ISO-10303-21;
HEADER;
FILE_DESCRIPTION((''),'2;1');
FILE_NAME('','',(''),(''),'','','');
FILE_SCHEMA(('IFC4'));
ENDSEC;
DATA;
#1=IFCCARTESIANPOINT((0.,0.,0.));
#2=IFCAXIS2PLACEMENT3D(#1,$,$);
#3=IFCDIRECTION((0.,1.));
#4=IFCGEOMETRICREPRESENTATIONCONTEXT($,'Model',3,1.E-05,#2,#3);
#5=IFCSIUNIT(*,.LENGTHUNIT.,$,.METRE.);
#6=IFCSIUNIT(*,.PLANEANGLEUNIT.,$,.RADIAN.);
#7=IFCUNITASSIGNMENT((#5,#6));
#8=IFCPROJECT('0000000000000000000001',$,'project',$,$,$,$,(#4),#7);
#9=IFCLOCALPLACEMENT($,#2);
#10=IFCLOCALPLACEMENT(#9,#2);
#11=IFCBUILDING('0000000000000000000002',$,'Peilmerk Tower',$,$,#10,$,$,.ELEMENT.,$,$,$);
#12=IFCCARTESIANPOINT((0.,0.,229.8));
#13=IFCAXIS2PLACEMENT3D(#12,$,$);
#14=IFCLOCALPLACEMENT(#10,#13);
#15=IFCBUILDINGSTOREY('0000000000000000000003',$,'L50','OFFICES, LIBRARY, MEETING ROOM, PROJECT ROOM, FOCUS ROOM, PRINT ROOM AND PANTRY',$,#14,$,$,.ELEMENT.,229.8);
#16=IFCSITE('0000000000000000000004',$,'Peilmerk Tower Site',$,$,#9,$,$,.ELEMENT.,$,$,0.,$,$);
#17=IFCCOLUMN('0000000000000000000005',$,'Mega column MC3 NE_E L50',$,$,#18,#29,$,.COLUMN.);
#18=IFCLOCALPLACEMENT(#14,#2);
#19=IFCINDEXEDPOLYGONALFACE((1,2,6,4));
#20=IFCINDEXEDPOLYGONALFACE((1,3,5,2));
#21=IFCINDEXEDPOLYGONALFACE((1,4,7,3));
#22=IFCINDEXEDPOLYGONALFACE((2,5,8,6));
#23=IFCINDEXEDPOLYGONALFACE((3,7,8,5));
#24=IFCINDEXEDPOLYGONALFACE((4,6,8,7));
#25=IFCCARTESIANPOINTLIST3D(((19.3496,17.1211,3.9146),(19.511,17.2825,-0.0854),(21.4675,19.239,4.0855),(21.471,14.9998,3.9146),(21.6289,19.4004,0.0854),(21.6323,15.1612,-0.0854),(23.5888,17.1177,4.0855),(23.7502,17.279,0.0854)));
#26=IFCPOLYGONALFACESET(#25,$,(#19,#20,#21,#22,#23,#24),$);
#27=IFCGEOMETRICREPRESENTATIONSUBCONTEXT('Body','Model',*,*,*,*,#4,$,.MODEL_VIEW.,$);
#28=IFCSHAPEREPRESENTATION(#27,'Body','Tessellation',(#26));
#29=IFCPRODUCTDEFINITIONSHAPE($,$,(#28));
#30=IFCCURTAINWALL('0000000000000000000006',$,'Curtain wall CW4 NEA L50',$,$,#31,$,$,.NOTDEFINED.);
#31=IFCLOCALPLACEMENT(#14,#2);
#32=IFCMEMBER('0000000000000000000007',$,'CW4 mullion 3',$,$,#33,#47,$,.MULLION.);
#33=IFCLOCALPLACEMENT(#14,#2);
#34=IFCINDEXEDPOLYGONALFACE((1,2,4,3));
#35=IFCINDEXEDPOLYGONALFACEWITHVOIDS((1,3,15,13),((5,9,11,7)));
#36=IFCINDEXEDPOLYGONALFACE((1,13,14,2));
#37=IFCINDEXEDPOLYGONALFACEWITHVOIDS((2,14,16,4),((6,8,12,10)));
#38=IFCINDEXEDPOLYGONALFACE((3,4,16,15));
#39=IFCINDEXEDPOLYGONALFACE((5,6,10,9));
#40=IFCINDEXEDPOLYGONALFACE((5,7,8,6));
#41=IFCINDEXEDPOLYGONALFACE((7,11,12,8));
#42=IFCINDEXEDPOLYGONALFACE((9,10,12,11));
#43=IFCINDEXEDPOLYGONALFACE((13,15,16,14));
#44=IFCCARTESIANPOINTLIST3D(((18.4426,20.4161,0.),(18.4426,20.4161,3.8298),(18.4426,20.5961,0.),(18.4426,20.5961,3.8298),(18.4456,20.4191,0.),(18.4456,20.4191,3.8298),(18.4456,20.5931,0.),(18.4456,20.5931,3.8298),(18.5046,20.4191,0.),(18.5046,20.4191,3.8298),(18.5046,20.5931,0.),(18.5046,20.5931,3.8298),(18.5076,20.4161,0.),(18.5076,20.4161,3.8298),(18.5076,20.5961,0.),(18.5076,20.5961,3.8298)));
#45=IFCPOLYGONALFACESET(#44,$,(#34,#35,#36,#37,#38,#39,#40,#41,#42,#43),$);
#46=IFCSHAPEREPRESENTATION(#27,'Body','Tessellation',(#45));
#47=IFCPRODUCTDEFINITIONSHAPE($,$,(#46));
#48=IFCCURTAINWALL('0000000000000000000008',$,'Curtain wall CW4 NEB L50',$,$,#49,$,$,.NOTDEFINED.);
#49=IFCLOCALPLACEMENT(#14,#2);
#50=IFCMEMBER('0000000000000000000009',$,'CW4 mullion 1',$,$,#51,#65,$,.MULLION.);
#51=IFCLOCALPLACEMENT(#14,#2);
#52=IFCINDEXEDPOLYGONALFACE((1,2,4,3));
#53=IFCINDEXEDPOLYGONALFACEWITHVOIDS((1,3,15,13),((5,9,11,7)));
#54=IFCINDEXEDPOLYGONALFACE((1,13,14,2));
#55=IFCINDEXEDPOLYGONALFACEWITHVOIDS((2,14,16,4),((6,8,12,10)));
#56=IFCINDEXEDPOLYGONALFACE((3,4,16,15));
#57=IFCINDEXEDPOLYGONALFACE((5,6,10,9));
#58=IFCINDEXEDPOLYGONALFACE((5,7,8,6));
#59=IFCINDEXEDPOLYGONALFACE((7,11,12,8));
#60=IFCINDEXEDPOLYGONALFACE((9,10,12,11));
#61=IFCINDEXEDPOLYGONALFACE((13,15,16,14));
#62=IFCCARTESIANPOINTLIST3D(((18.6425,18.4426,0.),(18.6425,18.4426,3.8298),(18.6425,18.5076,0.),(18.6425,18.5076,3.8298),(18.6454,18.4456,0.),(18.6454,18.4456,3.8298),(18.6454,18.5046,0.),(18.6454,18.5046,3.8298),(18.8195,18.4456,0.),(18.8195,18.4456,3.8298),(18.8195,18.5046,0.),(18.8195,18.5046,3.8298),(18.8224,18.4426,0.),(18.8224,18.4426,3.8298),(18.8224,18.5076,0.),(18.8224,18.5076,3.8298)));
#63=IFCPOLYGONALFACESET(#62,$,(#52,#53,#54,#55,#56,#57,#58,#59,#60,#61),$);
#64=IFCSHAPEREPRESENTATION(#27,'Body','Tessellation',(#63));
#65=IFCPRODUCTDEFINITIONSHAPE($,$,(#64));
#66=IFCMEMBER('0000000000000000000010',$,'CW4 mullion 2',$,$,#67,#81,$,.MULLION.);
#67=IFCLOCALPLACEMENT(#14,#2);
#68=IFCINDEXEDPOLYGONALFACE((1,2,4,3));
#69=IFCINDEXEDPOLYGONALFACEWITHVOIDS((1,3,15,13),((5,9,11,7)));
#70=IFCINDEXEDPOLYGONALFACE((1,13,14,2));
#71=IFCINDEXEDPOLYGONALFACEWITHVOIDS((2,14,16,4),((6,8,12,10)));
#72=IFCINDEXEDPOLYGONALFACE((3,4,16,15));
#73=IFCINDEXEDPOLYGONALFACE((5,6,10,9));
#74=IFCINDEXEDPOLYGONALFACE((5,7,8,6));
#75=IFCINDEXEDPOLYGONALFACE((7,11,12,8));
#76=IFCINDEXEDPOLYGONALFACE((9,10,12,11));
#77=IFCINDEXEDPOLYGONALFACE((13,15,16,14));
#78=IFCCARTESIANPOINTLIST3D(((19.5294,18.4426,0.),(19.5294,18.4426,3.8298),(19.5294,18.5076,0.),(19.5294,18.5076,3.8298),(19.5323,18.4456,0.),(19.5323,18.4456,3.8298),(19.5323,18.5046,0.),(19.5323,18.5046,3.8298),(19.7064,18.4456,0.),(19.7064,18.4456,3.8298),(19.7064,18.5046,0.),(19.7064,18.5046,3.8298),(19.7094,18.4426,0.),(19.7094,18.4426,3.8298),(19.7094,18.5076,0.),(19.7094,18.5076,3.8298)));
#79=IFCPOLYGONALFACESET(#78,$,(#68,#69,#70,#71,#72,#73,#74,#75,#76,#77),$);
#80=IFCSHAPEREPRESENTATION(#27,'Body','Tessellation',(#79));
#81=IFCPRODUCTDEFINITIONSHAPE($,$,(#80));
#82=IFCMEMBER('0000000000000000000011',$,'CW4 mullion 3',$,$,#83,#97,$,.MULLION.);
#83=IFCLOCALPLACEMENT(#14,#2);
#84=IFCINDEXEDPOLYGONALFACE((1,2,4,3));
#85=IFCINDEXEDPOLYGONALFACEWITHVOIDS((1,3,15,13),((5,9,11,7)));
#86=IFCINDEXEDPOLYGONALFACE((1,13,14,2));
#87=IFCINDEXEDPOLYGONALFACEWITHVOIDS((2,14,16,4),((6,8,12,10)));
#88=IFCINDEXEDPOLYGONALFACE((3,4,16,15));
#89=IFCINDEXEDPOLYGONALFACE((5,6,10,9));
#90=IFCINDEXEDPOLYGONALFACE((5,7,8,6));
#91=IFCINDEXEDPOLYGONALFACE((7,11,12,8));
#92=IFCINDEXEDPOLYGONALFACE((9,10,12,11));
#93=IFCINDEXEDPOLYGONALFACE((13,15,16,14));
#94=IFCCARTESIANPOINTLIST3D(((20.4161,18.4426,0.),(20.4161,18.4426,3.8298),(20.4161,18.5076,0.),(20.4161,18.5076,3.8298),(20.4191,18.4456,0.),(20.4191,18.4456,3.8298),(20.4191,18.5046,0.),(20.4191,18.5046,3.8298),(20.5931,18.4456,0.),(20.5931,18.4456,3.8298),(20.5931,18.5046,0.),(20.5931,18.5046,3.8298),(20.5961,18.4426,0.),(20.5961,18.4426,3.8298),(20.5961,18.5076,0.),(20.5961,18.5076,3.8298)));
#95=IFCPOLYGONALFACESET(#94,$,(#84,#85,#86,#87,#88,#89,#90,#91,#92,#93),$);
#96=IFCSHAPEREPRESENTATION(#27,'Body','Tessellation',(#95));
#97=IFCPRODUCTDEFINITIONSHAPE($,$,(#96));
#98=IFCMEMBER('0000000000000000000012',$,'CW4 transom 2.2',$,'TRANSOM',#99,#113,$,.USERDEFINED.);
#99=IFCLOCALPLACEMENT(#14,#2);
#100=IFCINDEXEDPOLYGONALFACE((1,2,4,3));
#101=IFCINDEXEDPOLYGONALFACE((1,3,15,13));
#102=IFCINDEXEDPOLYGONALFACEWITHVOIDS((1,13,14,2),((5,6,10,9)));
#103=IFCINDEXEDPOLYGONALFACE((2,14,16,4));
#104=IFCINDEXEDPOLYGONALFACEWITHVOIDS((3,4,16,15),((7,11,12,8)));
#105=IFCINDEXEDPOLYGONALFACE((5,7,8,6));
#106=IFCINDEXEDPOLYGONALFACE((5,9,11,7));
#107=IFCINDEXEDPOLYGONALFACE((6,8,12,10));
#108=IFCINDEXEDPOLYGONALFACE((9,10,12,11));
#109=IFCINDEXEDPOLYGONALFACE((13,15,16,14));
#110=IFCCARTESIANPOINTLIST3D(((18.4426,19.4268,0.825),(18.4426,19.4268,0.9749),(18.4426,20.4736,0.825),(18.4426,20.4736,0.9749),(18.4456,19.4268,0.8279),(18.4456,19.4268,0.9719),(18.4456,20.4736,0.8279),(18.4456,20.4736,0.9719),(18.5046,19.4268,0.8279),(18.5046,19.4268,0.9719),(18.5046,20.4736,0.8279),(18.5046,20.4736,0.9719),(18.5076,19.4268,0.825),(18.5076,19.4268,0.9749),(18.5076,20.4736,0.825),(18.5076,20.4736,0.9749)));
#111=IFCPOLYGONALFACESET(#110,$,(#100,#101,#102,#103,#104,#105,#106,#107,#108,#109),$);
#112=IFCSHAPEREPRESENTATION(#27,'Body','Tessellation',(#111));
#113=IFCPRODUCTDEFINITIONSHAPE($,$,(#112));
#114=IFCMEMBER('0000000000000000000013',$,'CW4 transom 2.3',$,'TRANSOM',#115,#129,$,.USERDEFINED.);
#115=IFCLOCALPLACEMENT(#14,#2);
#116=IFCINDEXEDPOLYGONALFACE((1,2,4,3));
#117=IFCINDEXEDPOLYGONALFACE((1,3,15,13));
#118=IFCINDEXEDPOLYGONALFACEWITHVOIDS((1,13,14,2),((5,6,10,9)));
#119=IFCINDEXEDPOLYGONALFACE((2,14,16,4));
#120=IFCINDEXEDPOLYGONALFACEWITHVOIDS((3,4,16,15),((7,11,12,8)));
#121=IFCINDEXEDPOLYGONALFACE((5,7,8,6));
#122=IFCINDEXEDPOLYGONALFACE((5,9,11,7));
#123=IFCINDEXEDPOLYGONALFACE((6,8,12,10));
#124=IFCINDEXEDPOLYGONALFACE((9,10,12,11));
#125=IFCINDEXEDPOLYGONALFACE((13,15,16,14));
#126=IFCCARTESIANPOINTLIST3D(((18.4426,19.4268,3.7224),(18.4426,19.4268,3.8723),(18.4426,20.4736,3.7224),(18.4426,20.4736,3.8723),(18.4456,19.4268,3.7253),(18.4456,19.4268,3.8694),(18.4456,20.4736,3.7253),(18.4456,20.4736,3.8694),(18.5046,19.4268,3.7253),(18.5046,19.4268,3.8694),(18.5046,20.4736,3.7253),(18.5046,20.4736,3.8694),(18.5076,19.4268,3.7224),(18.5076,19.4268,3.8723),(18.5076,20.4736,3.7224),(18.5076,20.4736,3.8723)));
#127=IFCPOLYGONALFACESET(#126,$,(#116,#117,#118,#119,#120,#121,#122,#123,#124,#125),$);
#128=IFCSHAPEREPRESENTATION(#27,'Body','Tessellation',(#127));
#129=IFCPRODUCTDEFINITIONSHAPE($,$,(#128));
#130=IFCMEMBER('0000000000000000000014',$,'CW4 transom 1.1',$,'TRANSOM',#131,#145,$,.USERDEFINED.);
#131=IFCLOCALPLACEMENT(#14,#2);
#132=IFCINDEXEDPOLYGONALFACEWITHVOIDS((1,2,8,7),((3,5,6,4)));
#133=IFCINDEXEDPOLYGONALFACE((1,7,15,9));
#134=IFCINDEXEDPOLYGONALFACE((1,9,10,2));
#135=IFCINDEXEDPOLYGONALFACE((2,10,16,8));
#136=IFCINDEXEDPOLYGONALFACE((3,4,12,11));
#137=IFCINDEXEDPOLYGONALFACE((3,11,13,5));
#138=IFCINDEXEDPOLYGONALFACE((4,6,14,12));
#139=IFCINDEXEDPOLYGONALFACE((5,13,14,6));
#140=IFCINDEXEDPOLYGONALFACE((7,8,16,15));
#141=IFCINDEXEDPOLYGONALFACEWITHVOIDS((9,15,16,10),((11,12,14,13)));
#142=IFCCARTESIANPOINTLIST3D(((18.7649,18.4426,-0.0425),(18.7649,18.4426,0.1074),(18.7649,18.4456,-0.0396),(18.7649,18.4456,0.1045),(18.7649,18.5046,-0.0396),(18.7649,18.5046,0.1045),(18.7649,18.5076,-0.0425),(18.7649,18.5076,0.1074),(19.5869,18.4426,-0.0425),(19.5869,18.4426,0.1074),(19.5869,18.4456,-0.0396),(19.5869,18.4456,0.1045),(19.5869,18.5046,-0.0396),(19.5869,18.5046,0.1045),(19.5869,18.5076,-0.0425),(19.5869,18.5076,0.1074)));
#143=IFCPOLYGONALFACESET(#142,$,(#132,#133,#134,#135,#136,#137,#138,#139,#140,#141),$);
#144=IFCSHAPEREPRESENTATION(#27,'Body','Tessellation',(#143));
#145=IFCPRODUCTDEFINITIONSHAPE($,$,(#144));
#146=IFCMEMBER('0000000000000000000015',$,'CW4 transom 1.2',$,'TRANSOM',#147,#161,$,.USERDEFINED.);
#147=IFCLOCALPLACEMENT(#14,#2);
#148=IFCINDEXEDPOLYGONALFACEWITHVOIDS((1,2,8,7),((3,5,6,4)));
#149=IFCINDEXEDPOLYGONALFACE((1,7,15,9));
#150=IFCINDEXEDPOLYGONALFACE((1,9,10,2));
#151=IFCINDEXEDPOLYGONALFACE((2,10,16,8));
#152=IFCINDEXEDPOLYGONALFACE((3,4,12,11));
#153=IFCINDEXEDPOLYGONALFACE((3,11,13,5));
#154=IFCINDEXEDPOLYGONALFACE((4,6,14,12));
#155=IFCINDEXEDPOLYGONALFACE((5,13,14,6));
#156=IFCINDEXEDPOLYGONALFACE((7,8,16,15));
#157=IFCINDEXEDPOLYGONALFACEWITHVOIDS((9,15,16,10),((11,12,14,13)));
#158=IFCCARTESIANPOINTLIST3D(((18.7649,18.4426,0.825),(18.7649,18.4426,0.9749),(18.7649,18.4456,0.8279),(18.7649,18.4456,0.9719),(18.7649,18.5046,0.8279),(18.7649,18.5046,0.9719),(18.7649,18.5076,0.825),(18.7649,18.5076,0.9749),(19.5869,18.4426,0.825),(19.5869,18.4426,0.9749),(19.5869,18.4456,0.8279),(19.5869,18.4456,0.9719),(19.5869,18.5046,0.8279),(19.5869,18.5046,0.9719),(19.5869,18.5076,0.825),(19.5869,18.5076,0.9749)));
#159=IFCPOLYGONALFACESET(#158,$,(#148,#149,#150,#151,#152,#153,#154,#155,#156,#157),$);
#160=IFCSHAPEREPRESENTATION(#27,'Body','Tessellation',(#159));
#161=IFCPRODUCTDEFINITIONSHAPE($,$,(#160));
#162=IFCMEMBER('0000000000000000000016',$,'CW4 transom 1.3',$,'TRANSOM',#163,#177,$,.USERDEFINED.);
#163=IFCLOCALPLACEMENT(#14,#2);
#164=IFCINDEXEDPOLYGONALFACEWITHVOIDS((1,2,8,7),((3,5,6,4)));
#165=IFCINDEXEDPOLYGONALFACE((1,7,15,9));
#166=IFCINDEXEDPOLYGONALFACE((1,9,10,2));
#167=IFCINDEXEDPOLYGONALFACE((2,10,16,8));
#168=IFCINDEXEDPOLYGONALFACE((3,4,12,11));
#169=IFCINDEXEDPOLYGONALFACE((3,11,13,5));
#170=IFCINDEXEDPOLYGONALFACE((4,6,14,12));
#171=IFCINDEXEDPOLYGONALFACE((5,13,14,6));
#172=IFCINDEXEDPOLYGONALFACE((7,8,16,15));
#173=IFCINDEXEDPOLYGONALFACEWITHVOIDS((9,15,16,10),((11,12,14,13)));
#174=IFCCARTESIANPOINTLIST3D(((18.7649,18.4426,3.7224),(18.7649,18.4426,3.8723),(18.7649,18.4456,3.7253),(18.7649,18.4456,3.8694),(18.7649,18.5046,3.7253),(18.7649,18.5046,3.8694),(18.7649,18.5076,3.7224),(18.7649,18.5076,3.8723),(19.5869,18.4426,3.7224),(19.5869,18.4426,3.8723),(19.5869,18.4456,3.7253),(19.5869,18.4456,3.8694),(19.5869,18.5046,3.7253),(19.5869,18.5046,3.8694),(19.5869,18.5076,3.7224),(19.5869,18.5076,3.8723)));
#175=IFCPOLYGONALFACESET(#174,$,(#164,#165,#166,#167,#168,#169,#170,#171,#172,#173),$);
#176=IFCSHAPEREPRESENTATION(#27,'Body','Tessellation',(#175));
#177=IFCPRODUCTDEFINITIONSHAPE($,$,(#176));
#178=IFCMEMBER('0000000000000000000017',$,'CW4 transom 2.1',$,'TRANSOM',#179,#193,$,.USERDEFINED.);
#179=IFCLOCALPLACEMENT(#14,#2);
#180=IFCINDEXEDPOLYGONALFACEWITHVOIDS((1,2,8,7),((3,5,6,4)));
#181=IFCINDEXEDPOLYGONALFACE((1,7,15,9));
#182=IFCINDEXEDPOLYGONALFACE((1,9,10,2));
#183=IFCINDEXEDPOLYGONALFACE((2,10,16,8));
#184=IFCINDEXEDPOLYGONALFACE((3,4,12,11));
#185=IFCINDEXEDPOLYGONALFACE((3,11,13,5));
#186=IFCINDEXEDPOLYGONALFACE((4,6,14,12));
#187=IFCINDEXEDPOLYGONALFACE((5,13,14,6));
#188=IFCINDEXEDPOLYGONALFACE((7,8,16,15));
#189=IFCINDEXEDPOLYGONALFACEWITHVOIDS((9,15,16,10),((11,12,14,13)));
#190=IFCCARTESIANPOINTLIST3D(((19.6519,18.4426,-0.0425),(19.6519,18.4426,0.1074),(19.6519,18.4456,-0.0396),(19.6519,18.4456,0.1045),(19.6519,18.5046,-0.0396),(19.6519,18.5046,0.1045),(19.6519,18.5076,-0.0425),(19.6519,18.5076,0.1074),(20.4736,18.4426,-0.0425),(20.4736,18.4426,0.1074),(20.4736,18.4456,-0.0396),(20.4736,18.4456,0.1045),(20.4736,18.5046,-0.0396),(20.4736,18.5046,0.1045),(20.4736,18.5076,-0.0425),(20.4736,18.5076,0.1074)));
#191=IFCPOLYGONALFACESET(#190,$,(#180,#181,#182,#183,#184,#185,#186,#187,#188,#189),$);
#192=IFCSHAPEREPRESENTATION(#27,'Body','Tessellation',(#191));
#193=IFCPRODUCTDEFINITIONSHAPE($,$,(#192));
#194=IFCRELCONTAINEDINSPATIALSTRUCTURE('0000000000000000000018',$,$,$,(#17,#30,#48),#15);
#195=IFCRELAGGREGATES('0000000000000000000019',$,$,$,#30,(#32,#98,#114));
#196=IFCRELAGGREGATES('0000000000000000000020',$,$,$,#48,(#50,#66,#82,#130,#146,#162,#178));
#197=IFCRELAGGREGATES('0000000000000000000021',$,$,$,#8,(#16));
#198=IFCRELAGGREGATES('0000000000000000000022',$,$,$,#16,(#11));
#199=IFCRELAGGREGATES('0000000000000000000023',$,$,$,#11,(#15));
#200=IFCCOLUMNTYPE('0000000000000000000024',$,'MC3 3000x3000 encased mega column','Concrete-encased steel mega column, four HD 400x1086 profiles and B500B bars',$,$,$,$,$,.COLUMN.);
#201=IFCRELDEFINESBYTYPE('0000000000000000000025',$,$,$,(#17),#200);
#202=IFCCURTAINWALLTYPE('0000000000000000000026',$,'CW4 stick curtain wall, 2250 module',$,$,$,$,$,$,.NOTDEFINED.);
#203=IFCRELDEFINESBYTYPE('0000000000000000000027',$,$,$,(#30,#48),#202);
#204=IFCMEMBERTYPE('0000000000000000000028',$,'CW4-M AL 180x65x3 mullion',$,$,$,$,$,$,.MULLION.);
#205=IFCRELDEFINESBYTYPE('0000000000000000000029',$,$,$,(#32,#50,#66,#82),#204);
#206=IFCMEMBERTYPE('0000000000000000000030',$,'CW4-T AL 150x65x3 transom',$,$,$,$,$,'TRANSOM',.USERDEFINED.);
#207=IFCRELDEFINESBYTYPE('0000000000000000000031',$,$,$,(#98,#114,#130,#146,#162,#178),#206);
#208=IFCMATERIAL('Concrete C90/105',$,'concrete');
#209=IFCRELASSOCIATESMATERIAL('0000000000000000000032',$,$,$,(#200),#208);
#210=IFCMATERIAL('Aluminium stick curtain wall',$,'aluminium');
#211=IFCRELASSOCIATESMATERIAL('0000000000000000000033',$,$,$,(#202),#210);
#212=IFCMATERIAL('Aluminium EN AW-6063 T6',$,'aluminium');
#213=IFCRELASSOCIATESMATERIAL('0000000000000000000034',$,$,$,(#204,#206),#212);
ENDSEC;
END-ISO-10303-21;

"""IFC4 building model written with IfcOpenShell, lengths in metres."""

from ifc_helpers import new_model, si_unit, direction, frame, origin, origin_2d, place, context, subcontext, project, spatial, rectangle, hollow_rectangle, extrude, material, material_profile, profile_set, type_object, element, aggregate, save


model = new_model("IFC4")

# Units and contexts
model_context = context("Model", 3, precision=1e-05, world=origin(), true_north=direction((0.0, 1.0)))
body_context = subcontext(model_context, "Body", "Model", "MODEL_VIEW")
ifc_project = project(units=[si_unit("LENGTHUNIT", "METRE"), si_unit("PLANEANGLEUNIT", "RADIAN")], contexts=[model_context])

# Site, building, storey
site_placement = place(None, origin())
site = spatial("IfcSite", under=ifc_project, at=site_placement, Name="Peilmerk Tower Site", CompositionType="ELEMENT", RefElevation=0.0)
building_placement = place(site_placement, origin())
building = spatial("IfcBuilding", under=site, at=building_placement, Name="Peilmerk Tower", CompositionType="ELEMENT")
storey_placement = place(building_placement, frame((0.0, 0.0, 229.8)))
storey = spatial("IfcBuildingStorey", under=building, at=storey_placement, Name="L50", Description="OFFICES, LIBRARY, MEETING ROOM, PROJECT ROOM, FOCUS ROOM, PRINT ROOM AND PANTRY", CompositionType="ELEMENT", Elevation=229.8)

# Column
ifc_material_1 = material(Name="Concrete C90/105", Category="concrete")
ifc_material_profile_1 = material_profile(ifc_material_1, rectangle(XDim=3.0, YDim=3.0, at=origin_2d()), Name="RC 3000x3000")
ifc_profile_set_1 = profile_set([ifc_material_profile_1], Name="Concrete C90/105")
column_type = type_object("IfcColumnType", Name="MC3 3000x3000 encased mega column", Description="Concrete-encased steel mega column, four HD 400x1086 profiles and B500B bars", PredefinedType="COLUMN", material=ifc_profile_set_1)
column_placement = place(storey_placement, frame((21.6306, 17.2808, 0.0), z_axis=(-0.040279, -0.040279, 0.998376), x_axis=(0.707107, -0.707107, 0.0)))
element("IfcColumn", 1, at=column_placement, inside=storey, type_object=column_type, Name="Mega column MC3 NE_E L50", PredefinedType="COLUMN", context=body_context, shape_type="SweptSolid", body=[
    extrude(rectangle(XDim=3.0, YDim=3.0, at=origin_2d()), origin(), (0.0, 0.0, 1.0), 4.0066),
])

# Curtain wall, member
ifc_material_2 = material(Name="Aluminium stick curtain wall", Category="aluminium")
curtain_wall_type = type_object("IfcCurtainWallType", Name="CW4 stick curtain wall, 2250 module", PredefinedType="NOTDEFINED", material=ifc_material_2)
curtain_wall_1_placement = place(storey_placement, origin())
curtain_wall_1 = element("IfcCurtainWall", 2, at=curtain_wall_1_placement, inside=storey, type_object=curtain_wall_type, Name="Curtain wall CW4 NEA L50", PredefinedType="NOTDEFINED")
ifc_material_3 = material(Name="Aluminium EN AW-6063 T6", Category="aluminium")
ifc_material_profile_2 = material_profile(ifc_material_3, hollow_rectangle(XDim=0.0649, YDim=0.1799, WallThickness=0.0029, at=origin_2d()), Name="AL 180x65x3")
ifc_profile_set_2 = profile_set([ifc_material_profile_2], Name="Aluminium EN AW-6063 T6")
member_type_1 = type_object("IfcMemberType", Name="CW4-M AL 180x65x3 mullion", PredefinedType="MULLION", material=ifc_profile_set_2)
member_1_placement = place(storey_placement, frame((18.4751, 20.5061, 0.0), z_axis=(0.0, 0.0, 1.0), x_axis=(-1.0, 0.0, 0.0)))
member_1 = element("IfcMember", 3, at=member_1_placement, type_object=member_type_1, Name="CW4 mullion 3", PredefinedType="MULLION", context=body_context, shape_type="SweptSolid", body=[
    extrude(hollow_rectangle(XDim=0.0649, YDim=0.1799, WallThickness=0.0029, at=origin_2d()), origin(), (0.0, 0.0, 1.0), 3.8298),
])

# Curtain wall, members
curtain_wall_2_placement = place(storey_placement, origin())
curtain_wall_2 = element("IfcCurtainWall", 4, at=curtain_wall_2_placement, inside=storey, type_object=curtain_wall_type, Name="Curtain wall CW4 NEB L50", PredefinedType="NOTDEFINED")
member_2_placement = place(storey_placement, frame((18.7324, 18.4751, 0.0), z_axis=(0.0, 0.0, 1.0), x_axis=(0.0, 1.0, 0.0)))
member_2 = element("IfcMember", 5, at=member_2_placement, type_object=member_type_1, Name="CW4 mullion 1", PredefinedType="MULLION", context=body_context, shape_type="SweptSolid", body=[
    extrude(hollow_rectangle(XDim=0.0649, YDim=0.1799, WallThickness=0.0029, at=origin_2d()), origin(), (0.0, 0.0, 1.0), 3.8298),
])
member_3_placement = place(storey_placement, frame((19.6194, 18.4751, 0.0), z_axis=(0.0, 0.0, 1.0), x_axis=(0.0, 1.0, 0.0)))
member_3 = element("IfcMember", 6, at=member_3_placement, type_object=member_type_1, Name="CW4 mullion 2", PredefinedType="MULLION", context=body_context, shape_type="SweptSolid", body=[
    extrude(hollow_rectangle(XDim=0.0649, YDim=0.1799, WallThickness=0.0029, at=origin_2d()), origin(), (0.0, 0.0, 1.0), 3.8298),
])
member_4_placement = place(storey_placement, frame((20.5061, 18.4751, 0.0), z_axis=(0.0, 0.0, 1.0), x_axis=(0.0, 1.0, 0.0)))
member_4 = element("IfcMember", 7, at=member_4_placement, type_object=member_type_1, Name="CW4 mullion 3", PredefinedType="MULLION", context=body_context, shape_type="SweptSolid", body=[
    extrude(hollow_rectangle(XDim=0.0649, YDim=0.1799, WallThickness=0.0029, at=origin_2d()), origin(), (0.0, 0.0, 1.0), 3.8298),
])

# Members
ifc_material_profile_3 = material_profile(ifc_material_3, hollow_rectangle(XDim=0.0649, YDim=0.1499, WallThickness=0.0029, at=origin_2d()), Name="AL 150x65x3")
ifc_profile_set_3 = profile_set([ifc_material_profile_3], Name="Aluminium EN AW-6063 T6")
member_type_2 = type_object("IfcMemberType", Name="CW4-T AL 150x65x3 transom", ElementType="TRANSOM", PredefinedType="USERDEFINED", material=ifc_profile_set_3)
member_5_placement = place(storey_placement, frame((18.4751, 19.4268, 0.8999), z_axis=(0.0, 1.0, 0.0), x_axis=(-1.0, 0.0, 0.0)))
member_5 = element("IfcMember", 8, at=member_5_placement, type_object=member_type_2, Name="CW4 transom 2.2", ObjectType="TRANSOM", PredefinedType="USERDEFINED", context=body_context, shape_type="SweptSolid", body=[
    extrude(hollow_rectangle(XDim=0.0649, YDim=0.1499, WallThickness=0.0029, at=origin_2d()), origin(), (0.0, 0.0, 1.0), 1.0469),
])
member_6_placement = place(storey_placement, frame((18.4751, 19.4268, 3.7974), z_axis=(0.0, 1.0, 0.0), x_axis=(-1.0, 0.0, 0.0)))
member_6 = element("IfcMember", 9, at=member_6_placement, type_object=member_type_2, Name="CW4 transom 2.3", ObjectType="TRANSOM", PredefinedType="USERDEFINED", context=body_context, shape_type="SweptSolid", body=[
    extrude(hollow_rectangle(XDim=0.0649, YDim=0.1499, WallThickness=0.0029, at=origin_2d()), origin(), (0.0, 0.0, 1.0), 1.0469),
])
member_7_placement = place(storey_placement, frame((18.7649, 18.4751, 0.0325), z_axis=(1.0, 0.0, 0.0), x_axis=(0.0, 1.0, 0.0)))
member_7 = element("IfcMember", 10, at=member_7_placement, type_object=member_type_2, Name="CW4 transom 1.1", ObjectType="TRANSOM", PredefinedType="USERDEFINED", context=body_context, shape_type="SweptSolid", body=[
    extrude(hollow_rectangle(XDim=0.0649, YDim=0.1499, WallThickness=0.0029, at=origin_2d()), origin(), (0.0, 0.0, 1.0), 0.822),
])
member_8_placement = place(storey_placement, frame((18.7649, 18.4751, 0.8999), z_axis=(1.0, 0.0, 0.0), x_axis=(0.0, 1.0, 0.0)))
member_8 = element("IfcMember", 11, at=member_8_placement, type_object=member_type_2, Name="CW4 transom 1.2", ObjectType="TRANSOM", PredefinedType="USERDEFINED", context=body_context, shape_type="SweptSolid", body=[
    extrude(hollow_rectangle(XDim=0.0649, YDim=0.1499, WallThickness=0.0029, at=origin_2d()), origin(), (0.0, 0.0, 1.0), 0.822),
])
member_9_placement = place(storey_placement, frame((18.7649, 18.4751, 3.7974), z_axis=(1.0, 0.0, 0.0), x_axis=(0.0, 1.0, 0.0)))
member_9 = element("IfcMember", 12, at=member_9_placement, type_object=member_type_2, Name="CW4 transom 1.3", ObjectType="TRANSOM", PredefinedType="USERDEFINED", context=body_context, shape_type="SweptSolid", body=[
    extrude(hollow_rectangle(XDim=0.0649, YDim=0.1499, WallThickness=0.0029, at=origin_2d()), origin(), (0.0, 0.0, 1.0), 0.822),
])
member_10_placement = place(storey_placement, frame((19.6519, 18.4751, 0.0325), z_axis=(1.0, 0.0, 0.0), x_axis=(0.0, 1.0, 0.0)))
member_10 = element("IfcMember", 13, at=member_10_placement, type_object=member_type_2, Name="CW4 transom 2.1", ObjectType="TRANSOM", PredefinedType="USERDEFINED", context=body_context, shape_type="SweptSolid", body=[
    extrude(hollow_rectangle(XDim=0.0649, YDim=0.1499, WallThickness=0.0029, at=origin_2d()), origin(), (0.0, 0.0, 1.0), 0.8218),
])

aggregate(curtain_wall_1, [member_1, member_5, member_6])
aggregate(curtain_wall_2, [member_2, member_3, member_4, member_7, member_8, member_9, member_10])

save(model, "model.ifc")
